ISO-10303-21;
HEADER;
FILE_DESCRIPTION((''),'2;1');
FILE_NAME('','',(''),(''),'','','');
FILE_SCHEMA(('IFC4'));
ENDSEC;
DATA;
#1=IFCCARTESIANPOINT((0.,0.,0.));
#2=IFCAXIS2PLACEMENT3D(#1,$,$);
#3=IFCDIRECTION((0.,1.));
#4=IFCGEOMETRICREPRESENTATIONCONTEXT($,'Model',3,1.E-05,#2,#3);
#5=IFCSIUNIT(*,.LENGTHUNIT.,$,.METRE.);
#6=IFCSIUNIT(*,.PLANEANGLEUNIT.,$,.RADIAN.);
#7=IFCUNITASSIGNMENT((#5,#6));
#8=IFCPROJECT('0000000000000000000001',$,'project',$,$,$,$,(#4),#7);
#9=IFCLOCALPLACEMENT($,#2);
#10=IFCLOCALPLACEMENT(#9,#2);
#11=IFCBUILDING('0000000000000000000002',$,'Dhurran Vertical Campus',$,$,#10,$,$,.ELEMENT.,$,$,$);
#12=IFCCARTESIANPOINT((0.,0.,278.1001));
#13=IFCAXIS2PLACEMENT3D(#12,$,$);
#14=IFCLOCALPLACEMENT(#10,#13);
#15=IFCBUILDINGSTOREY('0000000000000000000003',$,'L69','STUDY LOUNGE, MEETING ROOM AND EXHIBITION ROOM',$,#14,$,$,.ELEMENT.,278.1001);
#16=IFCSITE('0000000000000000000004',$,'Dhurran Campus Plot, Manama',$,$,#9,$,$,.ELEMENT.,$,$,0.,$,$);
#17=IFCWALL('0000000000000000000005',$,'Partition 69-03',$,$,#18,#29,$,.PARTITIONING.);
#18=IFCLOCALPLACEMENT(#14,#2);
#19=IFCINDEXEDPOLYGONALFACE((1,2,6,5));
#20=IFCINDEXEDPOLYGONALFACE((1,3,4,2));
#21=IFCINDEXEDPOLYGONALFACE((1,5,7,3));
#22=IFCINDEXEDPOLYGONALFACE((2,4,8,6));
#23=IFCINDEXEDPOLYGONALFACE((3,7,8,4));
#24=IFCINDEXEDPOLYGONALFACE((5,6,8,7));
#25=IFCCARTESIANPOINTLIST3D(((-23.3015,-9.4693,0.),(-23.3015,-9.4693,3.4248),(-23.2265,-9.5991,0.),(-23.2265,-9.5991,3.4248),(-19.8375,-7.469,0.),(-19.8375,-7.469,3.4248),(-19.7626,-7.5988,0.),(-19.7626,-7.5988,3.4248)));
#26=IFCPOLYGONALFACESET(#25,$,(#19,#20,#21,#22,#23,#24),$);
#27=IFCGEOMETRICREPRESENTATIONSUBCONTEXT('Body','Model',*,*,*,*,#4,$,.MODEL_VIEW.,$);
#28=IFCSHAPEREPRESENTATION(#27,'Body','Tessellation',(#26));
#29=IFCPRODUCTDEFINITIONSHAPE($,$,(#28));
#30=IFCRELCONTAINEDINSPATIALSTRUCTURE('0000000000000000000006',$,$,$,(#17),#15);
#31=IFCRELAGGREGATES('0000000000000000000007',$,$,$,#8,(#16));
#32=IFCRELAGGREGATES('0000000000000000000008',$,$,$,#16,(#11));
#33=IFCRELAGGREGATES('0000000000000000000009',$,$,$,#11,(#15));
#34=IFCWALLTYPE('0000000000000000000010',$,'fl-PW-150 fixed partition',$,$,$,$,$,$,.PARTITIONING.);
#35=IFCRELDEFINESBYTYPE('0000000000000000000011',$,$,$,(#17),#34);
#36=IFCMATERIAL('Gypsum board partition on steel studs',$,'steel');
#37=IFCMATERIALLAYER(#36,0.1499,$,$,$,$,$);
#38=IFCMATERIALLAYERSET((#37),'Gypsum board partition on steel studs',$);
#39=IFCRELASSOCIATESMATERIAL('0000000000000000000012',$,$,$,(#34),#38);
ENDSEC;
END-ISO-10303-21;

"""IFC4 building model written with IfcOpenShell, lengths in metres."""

from ifc_helpers import new_model, si_unit, direction, frame, frame_2d, origin, place, context, subcontext, project, spatial, rectangle, extrude, material, layer, layer_set, type_object, element, save


model = new_model("IFC4")

# Units and contexts
model_context = context("Model", 3, precision=1e-05, world=origin(), true_north=direction((0.0, 1.0)))
body_context = subcontext(model_context, "Body", "Model", "MODEL_VIEW")
ifc_project = project(units=[si_unit("LENGTHUNIT", "METRE"), si_unit("PLANEANGLEUNIT", "RADIAN")], contexts=[model_context])

# Site, building, storey
site_placement = place(None, origin())
site = spatial("IfcSite", under=ifc_project, at=site_placement, Name="Dhurran Campus Plot, Manama", CompositionType="ELEMENT", RefElevation=0.0)
building_placement = place(site_placement, origin())
building = spatial("IfcBuilding", under=site, at=building_placement, Name="Dhurran Vertical Campus", CompositionType="ELEMENT")
storey_placement = place(building_placement, frame((0.0, 0.0, 278.1001)))
storey = spatial("IfcBuildingStorey", under=building, at=storey_placement, Name="L69", Description="STUDY LOUNGE, MEETING ROOM AND EXHIBITION ROOM", CompositionType="ELEMENT", Elevation=278.1001)

# Wall
ifc_material_1 = material(Name="Gypsum board partition on steel studs", Category="steel")
ifc_layer_1 = layer(ifc_material_1, 0.1499)
ifc_layer_set_1 = layer_set([ifc_layer_1], Name="Gypsum board partition on steel studs")
wall_type_1 = type_object("IfcWallType", Name="fl-PW-150 fixed partition", PredefinedType="PARTITIONING", material=ifc_layer_set_1)
wall_1_placement = place(storey_placement, frame((-19.8, -7.5339, 0.0), z_axis=(0.0, 0.0, 1.0), x_axis=(-0.865984, -0.500071, 0.0)))
element("IfcWall", 1, at=wall_1_placement, inside=storey, type_object=wall_type_1, Name="Partition 69-03", PredefinedType="PARTITIONING", context=body_context, shape_type="SweptSolid", body=[
    extrude(rectangle(XDim=4.0, YDim=0.1499, at=frame_2d((2.0, 0.0))), origin(), (0.0, 0.0, 1.0), 3.4248),
])

save(model, "model.ifc")
